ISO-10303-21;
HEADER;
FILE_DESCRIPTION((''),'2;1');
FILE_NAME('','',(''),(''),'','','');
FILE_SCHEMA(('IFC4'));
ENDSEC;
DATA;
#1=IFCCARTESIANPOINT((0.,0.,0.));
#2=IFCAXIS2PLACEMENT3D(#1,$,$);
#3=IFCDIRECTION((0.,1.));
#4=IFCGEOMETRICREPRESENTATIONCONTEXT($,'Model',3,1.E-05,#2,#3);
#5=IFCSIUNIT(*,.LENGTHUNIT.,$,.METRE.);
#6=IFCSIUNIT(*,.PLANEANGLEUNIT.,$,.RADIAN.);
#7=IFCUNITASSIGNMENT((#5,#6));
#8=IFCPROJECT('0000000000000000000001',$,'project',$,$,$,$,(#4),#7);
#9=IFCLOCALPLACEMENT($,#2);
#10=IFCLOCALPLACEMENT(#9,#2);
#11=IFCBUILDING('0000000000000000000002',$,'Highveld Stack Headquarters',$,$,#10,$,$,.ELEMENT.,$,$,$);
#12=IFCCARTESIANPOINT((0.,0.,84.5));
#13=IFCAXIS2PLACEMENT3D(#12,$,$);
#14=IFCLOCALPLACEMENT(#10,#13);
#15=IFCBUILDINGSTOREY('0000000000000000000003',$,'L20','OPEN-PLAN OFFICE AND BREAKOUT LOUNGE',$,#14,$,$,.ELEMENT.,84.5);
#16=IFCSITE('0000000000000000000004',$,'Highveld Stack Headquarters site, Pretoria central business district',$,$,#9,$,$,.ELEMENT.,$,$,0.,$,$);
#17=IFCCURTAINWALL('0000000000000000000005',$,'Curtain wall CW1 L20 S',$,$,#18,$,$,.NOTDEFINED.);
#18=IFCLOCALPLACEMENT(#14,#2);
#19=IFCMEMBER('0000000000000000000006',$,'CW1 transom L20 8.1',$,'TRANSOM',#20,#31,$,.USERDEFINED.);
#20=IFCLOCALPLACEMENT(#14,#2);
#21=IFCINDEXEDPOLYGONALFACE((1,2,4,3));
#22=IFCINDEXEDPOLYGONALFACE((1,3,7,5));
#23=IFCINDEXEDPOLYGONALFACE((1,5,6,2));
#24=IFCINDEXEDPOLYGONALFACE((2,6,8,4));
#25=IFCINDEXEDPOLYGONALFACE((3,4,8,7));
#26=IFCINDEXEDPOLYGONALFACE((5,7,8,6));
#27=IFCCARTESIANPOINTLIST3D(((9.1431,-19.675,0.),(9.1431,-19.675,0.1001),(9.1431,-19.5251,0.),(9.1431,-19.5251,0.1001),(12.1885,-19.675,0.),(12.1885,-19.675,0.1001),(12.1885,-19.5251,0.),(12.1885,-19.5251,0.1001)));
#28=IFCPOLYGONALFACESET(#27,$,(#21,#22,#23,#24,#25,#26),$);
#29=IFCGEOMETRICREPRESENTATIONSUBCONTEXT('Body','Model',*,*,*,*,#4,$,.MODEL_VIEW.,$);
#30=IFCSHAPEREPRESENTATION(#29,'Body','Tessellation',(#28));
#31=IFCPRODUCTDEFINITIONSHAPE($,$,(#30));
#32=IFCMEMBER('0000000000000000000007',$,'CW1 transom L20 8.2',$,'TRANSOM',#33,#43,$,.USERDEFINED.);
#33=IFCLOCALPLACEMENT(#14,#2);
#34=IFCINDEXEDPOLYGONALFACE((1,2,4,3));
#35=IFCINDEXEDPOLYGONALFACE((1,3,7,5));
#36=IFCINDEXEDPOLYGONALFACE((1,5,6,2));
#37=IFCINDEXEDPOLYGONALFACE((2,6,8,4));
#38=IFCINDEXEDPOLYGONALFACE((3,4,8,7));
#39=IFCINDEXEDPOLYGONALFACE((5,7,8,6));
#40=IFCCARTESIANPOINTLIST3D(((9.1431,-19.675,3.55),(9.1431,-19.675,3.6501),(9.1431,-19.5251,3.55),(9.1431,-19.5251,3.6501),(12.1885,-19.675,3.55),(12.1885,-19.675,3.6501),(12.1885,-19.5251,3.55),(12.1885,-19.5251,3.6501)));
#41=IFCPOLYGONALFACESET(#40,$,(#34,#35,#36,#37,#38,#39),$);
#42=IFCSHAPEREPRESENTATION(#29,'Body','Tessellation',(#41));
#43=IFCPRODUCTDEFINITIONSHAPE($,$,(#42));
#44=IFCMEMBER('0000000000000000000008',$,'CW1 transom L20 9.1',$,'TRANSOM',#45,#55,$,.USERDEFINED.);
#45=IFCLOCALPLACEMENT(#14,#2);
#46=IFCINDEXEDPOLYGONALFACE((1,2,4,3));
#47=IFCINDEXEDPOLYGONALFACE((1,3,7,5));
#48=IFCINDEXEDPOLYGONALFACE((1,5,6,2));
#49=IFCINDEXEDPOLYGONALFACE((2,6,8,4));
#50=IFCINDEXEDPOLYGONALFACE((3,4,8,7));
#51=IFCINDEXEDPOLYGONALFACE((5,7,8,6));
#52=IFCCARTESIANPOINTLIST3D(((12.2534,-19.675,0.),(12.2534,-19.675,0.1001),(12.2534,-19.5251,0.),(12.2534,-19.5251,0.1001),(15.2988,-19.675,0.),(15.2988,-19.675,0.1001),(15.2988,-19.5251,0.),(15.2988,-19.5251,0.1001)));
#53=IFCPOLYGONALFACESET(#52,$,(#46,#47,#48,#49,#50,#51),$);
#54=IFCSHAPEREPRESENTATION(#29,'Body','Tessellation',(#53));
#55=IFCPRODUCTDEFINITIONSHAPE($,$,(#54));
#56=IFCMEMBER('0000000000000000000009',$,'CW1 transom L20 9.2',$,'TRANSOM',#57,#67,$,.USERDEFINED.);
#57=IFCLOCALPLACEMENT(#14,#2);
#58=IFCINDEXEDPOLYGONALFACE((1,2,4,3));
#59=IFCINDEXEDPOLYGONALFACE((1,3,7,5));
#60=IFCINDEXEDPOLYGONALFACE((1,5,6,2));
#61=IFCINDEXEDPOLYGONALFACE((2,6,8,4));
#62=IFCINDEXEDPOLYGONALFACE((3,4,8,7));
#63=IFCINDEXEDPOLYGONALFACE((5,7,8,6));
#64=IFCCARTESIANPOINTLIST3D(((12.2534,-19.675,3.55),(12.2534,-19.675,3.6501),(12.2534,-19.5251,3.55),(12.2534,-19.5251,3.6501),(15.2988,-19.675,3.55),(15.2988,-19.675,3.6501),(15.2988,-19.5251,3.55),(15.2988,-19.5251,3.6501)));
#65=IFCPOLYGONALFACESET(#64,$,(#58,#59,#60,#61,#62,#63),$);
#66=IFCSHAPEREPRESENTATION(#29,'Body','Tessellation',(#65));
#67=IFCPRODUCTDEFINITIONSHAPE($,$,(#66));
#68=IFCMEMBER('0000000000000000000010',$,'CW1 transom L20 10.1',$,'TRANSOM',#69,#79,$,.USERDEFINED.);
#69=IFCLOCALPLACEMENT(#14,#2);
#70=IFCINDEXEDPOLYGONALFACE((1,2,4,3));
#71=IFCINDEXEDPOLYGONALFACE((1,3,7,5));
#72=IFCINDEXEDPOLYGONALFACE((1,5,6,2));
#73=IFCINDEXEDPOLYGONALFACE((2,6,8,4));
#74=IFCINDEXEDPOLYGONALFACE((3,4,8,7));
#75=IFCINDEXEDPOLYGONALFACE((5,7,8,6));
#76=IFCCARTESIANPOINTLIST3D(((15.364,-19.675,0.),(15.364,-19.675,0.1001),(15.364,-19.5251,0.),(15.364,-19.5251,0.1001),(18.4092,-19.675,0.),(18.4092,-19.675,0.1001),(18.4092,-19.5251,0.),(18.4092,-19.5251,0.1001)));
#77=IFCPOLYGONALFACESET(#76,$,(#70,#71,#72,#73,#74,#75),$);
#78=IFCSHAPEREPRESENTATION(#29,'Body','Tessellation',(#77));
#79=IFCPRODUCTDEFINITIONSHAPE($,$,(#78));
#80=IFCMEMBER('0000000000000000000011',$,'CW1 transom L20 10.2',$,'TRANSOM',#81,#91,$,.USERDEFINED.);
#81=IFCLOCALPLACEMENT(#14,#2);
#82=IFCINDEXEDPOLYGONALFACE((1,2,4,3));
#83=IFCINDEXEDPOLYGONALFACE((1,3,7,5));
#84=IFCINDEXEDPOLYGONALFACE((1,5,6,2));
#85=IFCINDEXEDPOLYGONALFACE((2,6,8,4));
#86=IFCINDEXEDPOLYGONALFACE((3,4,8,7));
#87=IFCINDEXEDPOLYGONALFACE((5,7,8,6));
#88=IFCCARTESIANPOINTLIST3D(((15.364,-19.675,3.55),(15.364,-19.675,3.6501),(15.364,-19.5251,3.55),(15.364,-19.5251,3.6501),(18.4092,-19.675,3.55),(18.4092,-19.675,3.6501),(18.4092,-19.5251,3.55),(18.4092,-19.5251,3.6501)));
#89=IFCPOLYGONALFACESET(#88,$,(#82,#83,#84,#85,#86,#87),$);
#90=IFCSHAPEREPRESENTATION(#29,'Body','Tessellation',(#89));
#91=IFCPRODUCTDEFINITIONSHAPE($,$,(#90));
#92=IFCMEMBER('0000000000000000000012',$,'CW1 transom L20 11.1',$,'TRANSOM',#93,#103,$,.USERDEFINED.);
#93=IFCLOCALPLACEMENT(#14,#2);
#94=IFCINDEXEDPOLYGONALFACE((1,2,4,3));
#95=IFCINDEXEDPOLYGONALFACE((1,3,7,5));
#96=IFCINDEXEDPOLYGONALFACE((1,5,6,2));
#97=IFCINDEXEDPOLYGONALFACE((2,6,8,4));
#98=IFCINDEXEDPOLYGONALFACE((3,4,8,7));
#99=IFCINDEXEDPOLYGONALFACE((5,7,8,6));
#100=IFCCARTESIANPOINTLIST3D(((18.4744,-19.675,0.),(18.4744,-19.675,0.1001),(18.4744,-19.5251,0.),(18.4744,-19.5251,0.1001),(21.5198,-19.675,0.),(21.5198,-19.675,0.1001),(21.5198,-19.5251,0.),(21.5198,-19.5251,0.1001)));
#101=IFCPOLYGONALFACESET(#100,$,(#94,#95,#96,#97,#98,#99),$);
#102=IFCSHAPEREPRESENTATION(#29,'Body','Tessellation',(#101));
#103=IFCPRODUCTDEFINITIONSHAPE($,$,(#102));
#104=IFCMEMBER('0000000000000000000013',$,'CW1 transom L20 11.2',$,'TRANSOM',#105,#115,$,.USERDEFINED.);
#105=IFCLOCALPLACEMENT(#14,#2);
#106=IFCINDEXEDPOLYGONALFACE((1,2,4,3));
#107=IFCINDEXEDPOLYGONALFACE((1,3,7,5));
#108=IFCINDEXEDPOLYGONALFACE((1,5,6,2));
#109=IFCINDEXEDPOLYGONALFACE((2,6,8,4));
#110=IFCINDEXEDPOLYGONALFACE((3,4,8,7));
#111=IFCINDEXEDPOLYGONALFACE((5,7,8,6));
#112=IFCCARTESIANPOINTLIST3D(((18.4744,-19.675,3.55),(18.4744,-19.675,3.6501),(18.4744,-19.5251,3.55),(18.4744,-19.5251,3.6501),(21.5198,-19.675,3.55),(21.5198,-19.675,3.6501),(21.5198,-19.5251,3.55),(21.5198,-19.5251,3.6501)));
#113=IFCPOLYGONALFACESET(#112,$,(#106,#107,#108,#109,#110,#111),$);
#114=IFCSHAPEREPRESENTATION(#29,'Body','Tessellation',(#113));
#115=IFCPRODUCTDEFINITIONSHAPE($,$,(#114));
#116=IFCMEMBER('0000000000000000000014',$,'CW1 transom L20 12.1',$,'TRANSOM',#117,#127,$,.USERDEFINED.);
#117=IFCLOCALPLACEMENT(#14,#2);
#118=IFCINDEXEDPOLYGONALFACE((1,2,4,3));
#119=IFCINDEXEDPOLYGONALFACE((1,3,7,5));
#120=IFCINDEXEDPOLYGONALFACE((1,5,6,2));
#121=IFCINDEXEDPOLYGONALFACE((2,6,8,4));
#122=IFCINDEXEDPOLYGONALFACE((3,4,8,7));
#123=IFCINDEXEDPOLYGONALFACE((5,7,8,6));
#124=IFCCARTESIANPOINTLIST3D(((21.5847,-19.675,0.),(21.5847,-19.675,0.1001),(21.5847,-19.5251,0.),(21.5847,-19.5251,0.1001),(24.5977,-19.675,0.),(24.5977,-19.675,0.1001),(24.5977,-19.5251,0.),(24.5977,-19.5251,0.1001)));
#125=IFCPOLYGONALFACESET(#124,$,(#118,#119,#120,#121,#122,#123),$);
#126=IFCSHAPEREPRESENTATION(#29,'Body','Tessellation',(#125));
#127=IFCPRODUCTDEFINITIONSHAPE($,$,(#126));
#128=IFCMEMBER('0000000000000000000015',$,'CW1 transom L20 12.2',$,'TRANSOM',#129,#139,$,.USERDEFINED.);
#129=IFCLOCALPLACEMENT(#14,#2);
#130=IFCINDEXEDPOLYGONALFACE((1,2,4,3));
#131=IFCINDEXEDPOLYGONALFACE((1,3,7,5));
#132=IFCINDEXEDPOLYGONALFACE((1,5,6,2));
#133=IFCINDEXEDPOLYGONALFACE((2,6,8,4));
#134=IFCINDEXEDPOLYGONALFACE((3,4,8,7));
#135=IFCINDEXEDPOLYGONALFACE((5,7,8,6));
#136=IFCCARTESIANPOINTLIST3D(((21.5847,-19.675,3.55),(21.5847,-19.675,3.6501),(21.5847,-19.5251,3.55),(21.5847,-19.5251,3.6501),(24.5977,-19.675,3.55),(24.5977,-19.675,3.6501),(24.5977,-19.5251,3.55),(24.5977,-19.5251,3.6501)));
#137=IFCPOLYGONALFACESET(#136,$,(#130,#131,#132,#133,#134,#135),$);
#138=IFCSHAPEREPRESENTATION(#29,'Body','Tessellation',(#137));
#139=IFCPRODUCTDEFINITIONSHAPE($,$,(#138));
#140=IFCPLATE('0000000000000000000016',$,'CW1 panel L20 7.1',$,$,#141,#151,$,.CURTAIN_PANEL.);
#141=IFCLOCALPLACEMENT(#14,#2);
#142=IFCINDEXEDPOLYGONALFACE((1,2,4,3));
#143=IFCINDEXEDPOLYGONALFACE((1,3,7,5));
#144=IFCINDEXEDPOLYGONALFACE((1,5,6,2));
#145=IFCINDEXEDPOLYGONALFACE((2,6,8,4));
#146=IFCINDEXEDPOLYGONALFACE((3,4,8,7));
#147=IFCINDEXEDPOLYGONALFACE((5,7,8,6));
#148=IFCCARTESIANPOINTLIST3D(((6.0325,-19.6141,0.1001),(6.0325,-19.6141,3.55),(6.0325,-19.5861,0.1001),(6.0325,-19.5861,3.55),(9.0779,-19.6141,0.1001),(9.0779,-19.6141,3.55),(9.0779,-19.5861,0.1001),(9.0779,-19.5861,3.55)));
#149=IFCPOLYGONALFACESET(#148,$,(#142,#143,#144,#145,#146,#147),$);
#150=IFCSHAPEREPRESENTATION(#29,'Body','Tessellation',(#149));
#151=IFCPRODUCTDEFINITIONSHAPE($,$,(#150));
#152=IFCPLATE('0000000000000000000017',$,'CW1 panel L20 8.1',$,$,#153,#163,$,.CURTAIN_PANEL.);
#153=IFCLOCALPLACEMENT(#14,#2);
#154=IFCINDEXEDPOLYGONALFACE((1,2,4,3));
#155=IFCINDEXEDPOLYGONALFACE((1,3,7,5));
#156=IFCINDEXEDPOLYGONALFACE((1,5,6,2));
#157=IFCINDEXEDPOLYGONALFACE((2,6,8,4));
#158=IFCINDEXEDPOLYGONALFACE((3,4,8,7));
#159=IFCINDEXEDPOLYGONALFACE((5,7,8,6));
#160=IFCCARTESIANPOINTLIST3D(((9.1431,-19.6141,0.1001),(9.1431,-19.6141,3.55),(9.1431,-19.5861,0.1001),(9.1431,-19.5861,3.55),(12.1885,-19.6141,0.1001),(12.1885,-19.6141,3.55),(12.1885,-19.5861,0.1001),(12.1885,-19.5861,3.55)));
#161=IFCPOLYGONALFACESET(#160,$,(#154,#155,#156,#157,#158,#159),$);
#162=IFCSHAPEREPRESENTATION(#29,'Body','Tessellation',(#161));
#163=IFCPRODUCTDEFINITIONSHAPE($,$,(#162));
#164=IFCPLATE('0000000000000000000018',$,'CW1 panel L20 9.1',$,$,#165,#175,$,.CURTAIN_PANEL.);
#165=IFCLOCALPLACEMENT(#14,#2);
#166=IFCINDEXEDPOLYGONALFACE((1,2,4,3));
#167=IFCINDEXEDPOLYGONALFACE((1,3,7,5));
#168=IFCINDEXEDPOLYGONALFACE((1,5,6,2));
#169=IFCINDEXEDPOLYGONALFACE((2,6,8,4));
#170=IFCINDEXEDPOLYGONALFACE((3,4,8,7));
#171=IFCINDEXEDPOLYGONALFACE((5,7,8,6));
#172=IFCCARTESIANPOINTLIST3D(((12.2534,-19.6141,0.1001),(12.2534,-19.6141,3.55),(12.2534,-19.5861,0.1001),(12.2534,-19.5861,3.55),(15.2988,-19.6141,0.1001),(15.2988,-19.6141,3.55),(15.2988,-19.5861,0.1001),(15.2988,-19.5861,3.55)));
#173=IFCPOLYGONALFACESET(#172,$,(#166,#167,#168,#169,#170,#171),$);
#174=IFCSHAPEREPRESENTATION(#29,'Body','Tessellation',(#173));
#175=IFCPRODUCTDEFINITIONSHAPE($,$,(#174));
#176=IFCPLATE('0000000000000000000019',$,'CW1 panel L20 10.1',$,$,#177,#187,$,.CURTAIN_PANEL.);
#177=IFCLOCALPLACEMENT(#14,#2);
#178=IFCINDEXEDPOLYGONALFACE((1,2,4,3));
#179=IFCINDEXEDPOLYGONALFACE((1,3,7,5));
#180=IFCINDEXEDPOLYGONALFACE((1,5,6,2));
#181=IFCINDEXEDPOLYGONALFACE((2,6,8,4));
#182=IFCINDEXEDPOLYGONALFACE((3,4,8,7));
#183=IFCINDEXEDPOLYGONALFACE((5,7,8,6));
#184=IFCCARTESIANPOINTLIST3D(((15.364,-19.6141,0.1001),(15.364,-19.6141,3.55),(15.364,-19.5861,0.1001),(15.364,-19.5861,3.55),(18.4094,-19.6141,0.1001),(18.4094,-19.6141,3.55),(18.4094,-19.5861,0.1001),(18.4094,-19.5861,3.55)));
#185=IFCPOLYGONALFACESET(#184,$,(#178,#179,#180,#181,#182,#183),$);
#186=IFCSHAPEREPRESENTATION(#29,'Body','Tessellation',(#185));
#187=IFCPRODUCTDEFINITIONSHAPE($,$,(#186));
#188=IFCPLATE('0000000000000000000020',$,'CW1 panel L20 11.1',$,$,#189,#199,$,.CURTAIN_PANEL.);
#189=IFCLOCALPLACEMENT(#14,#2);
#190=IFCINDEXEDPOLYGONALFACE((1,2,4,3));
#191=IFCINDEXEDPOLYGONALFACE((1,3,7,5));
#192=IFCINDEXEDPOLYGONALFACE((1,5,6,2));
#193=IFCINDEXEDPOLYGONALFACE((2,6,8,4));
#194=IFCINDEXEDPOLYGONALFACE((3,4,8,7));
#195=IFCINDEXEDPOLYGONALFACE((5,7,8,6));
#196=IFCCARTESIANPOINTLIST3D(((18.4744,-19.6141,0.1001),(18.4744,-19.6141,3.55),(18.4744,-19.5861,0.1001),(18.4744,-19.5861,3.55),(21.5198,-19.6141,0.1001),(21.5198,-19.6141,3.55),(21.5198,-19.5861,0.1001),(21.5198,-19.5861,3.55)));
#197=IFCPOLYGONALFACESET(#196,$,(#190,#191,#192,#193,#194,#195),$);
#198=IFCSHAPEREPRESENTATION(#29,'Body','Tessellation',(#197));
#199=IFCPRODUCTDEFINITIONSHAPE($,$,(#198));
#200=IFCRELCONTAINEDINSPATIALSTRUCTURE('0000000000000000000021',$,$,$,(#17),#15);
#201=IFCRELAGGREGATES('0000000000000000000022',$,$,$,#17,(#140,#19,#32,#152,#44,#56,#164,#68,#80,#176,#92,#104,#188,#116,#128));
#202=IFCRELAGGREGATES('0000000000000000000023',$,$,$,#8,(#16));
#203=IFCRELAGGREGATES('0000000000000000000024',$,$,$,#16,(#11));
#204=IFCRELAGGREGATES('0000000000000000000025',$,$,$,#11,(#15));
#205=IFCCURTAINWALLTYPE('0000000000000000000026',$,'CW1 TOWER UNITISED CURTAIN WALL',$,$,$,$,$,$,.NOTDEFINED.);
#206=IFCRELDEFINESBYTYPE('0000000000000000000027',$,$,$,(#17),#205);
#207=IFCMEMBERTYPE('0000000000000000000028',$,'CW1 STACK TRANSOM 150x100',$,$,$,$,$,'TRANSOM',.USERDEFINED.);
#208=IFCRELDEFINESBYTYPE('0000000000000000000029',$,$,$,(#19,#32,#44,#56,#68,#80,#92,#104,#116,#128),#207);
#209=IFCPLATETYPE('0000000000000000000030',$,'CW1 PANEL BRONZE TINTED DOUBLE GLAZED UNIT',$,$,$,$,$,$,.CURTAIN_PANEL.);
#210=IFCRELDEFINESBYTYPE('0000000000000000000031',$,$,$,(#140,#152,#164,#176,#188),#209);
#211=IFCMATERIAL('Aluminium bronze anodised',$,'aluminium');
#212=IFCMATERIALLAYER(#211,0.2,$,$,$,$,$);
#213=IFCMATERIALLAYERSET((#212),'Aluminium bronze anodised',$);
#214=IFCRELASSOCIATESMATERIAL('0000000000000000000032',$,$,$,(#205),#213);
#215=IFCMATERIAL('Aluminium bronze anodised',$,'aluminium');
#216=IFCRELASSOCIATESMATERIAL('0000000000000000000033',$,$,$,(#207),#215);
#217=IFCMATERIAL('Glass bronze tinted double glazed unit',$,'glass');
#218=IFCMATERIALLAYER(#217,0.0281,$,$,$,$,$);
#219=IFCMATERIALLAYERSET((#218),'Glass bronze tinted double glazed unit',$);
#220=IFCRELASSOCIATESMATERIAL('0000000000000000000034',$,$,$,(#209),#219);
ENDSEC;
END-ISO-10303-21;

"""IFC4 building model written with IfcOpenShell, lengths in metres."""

from ifc_helpers import new_model, si_unit, direction, frame, origin, origin_2d, place, context, subcontext, project, spatial, rectangle, extrude, material, layer, layer_set, material_profile, profile_set, type_object, element, aggregate, save


model = new_model("IFC4")

# Units and contexts
model_context = context("Model", 3, precision=1e-05, world=origin(), true_north=direction((0.0, 1.0)))
body_context = subcontext(model_context, "Body", "Model", "MODEL_VIEW")
ifc_project = project(units=[si_unit("LENGTHUNIT", "METRE"), si_unit("PLANEANGLEUNIT", "RADIAN")], contexts=[model_context])

# Site, building, storey
site_placement = place(None, origin())
site = spatial("IfcSite", under=ifc_project, at=site_placement, Name="Highveld Stack Headquarters site, Pretoria central business district", CompositionType="ELEMENT", RefElevation=0.0)
building_placement = place(site_placement, origin())
building = spatial("IfcBuilding", under=site, at=building_placement, Name="Highveld Stack Headquarters", CompositionType="ELEMENT")
storey_placement = place(building_placement, frame((0.0, 0.0, 84.5)))
storey = spatial("IfcBuildingStorey", under=building, at=storey_placement, Name="L20", Description="OPEN-PLAN OFFICE AND BREAKOUT LOUNGE", CompositionType="ELEMENT", Elevation=84.5)

# Curtain wall, members, plates
ifc_material_1 = material(Name="Aluminium bronze anodised", Category="aluminium")
ifc_layer_1 = layer(ifc_material_1, 0.2)
ifc_layer_set_1 = layer_set([ifc_layer_1], Name="Aluminium bronze anodised")
curtain_wall_type = type_object("IfcCurtainWallType", Name="CW1 TOWER UNITISED CURTAIN WALL", PredefinedType="NOTDEFINED", material=ifc_layer_set_1)
curtain_wall_placement = place(storey_placement, origin())
curtain_wall = element("IfcCurtainWall", 1, at=curtain_wall_placement, inside=storey, type_object=curtain_wall_type, Name="Curtain wall CW1 L20 S", PredefinedType="NOTDEFINED")
ifc_material_2 = material(Name="Aluminium bronze anodised", Category="aluminium")
ifc_material_profile_1 = material_profile(ifc_material_2, rectangle(XDim=0.1499, YDim=0.1001, at=origin_2d()), Name="CW1 TRANSOM 150x100")
ifc_profile_set_1 = profile_set([ifc_material_profile_1], Name="Aluminium bronze anodised")
member_type_1 = type_object("IfcMemberType", Name="CW1 STACK TRANSOM 150x100", ElementType="TRANSOM", PredefinedType="USERDEFINED", material=ifc_profile_set_1)
member_1_placement = place(storey_placement, frame((9.1431, -19.6001, 0.05), z_axis=(1.0, 0.0, 0.0), x_axis=(0.0, 1.0, 0.0)))
member_1 = element("IfcMember", 2, at=member_1_placement, type_object=member_type_1, Name="CW1 transom L20 8.1", ObjectType="TRANSOM", PredefinedType="USERDEFINED", context=body_context, shape_type="SweptSolid", body=[
    extrude(rectangle(XDim=0.1499, YDim=0.1001, at=origin_2d()), origin(), (0.0, 0.0, 1.0), 3.0454),
])
member_2_placement = place(storey_placement, frame((9.1431, -19.6001, 3.6001), z_axis=(1.0, 0.0, 0.0), x_axis=(0.0, 1.0, 0.0)))
member_2 = element("IfcMember", 3, at=member_2_placement, type_object=member_type_1, Name="CW1 transom L20 8.2", ObjectType="TRANSOM", PredefinedType="USERDEFINED", context=body_context, shape_type="SweptSolid", body=[
    extrude(rectangle(XDim=0.1499, YDim=0.1001, at=origin_2d()), origin(), (0.0, 0.0, 1.0), 3.0454),
])
member_3_placement = place(storey_placement, frame((12.2534, -19.6001, 0.05), z_axis=(1.0, 0.0, 0.0), x_axis=(0.0, 1.0, 0.0)))
member_3 = element("IfcMember", 4, at=member_3_placement, type_object=member_type_1, Name="CW1 transom L20 9.1", ObjectType="TRANSOM", PredefinedType="USERDEFINED", context=body_context, shape_type="SweptSolid", body=[
    extrude(rectangle(XDim=0.1499, YDim=0.1001, at=origin_2d()), origin(), (0.0, 0.0, 1.0), 3.0454),
])
member_4_placement = place(storey_placement, frame((12.2534, -19.6001, 3.6001), z_axis=(1.0, 0.0, 0.0), x_axis=(0.0, 1.0, 0.0)))
member_4 = element("IfcMember", 5, at=member_4_placement, type_object=member_type_1, Name="CW1 transom L20 9.2", ObjectType="TRANSOM", PredefinedType="USERDEFINED", context=body_context, shape_type="SweptSolid", body=[
    extrude(rectangle(XDim=0.1499, YDim=0.1001, at=origin_2d()), origin(), (0.0, 0.0, 1.0), 3.0454),
])
member_5_placement = place(storey_placement, frame((15.364, -19.6001, 0.05), z_axis=(1.0, 0.0, 0.0), x_axis=(0.0, 1.0, 0.0)))
member_5 = element("IfcMember", 6, at=member_5_placement, type_object=member_type_1, Name="CW1 transom L20 10.1", ObjectType="TRANSOM", PredefinedType="USERDEFINED", context=body_context, shape_type="SweptSolid", body=[
    extrude(rectangle(XDim=0.1499, YDim=0.1001, at=origin_2d()), origin(), (0.0, 0.0, 1.0), 3.0452),
])
member_6_placement = place(storey_placement, frame((15.364, -19.6001, 3.6001), z_axis=(1.0, 0.0, 0.0), x_axis=(0.0, 1.0, 0.0)))
member_6 = element("IfcMember", 7, at=member_6_placement, type_object=member_type_1, Name="CW1 transom L20 10.2", ObjectType="TRANSOM", PredefinedType="USERDEFINED", context=body_context, shape_type="SweptSolid", body=[
    extrude(rectangle(XDim=0.1499, YDim=0.1001, at=origin_2d()), origin(), (0.0, 0.0, 1.0), 3.0452),
])
member_7_placement = place(storey_placement, frame((18.4744, -19.6001, 0.05), z_axis=(1.0, 0.0, 0.0), x_axis=(0.0, 1.0, 0.0)))
member_7 = element("IfcMember", 8, at=member_7_placement, type_object=member_type_1, Name="CW1 transom L20 11.1", ObjectType="TRANSOM", PredefinedType="USERDEFINED", context=body_context, shape_type="SweptSolid", body=[
    extrude(rectangle(XDim=0.1499, YDim=0.1001, at=origin_2d()), origin(), (0.0, 0.0, 1.0), 3.0454),
])
member_8_placement = place(storey_placement, frame((18.4744, -19.6001, 3.6001), z_axis=(1.0, 0.0, 0.0), x_axis=(0.0, 1.0, 0.0)))
member_8 = element("IfcMember", 9, at=member_8_placement, type_object=member_type_1, Name="CW1 transom L20 11.2", ObjectType="TRANSOM", PredefinedType="USERDEFINED", context=body_context, shape_type="SweptSolid", body=[
    extrude(rectangle(XDim=0.1499, YDim=0.1001, at=origin_2d()), origin(), (0.0, 0.0, 1.0), 3.0454),
])
member_9_placement = place(storey_placement, frame((21.5847, -19.6001, 0.05), z_axis=(1.0, 0.0, 0.0), x_axis=(0.0, 1.0, 0.0)))
member_9 = element("IfcMember", 10, at=member_9_placement, type_object=member_type_1, Name="CW1 transom L20 12.1", ObjectType="TRANSOM", PredefinedType="USERDEFINED", context=body_context, shape_type="SweptSolid", body=[
    extrude(rectangle(XDim=0.1499, YDim=0.1001, at=origin_2d()), origin(), (0.0, 0.0, 1.0), 3.0129),
])
member_10_placement = place(storey_placement, frame((21.5847, -19.6001, 3.6001), z_axis=(1.0, 0.0, 0.0), x_axis=(0.0, 1.0, 0.0)))
member_10 = element("IfcMember", 11, at=member_10_placement, type_object=member_type_1, Name="CW1 transom L20 12.2", ObjectType="TRANSOM", PredefinedType="USERDEFINED", context=body_context, shape_type="SweptSolid", body=[
    extrude(rectangle(XDim=0.1499, YDim=0.1001, at=origin_2d()), origin(), (0.0, 0.0, 1.0), 3.0129),
])
ifc_material_3 = material(Name="Glass bronze tinted double glazed unit", Category="glass")
ifc_layer_2 = layer(ifc_material_3, 0.0281)
ifc_layer_set_2 = layer_set([ifc_layer_2], Name="Glass bronze tinted double glazed unit")
plate_type = type_object("IfcPlateType", Name="CW1 PANEL BRONZE TINTED DOUBLE GLAZED UNIT", PredefinedType="CURTAIN_PANEL", material=ifc_layer_set_2)
plate_1_placement = place(storey_placement, frame((7.5552, -19.6001, 0.1001), z_axis=(0.0, 0.0, 1.0), x_axis=(1.0, 0.0, 0.0)))
plate_1 = element("IfcPlate", 12, at=plate_1_placement, type_object=plate_type, Name="CW1 panel L20 7.1", PredefinedType="CURTAIN_PANEL", context=body_context, shape_type="SweptSolid", body=[
    extrude(rectangle(XDim=3.0454, YDim=0.0281, at=origin_2d()), origin(), (0.0, 0.0, 1.0), 3.45),
])
plate_2_placement = place(storey_placement, frame((10.6658, -19.6001, 0.1001), z_axis=(0.0, 0.0, 1.0), x_axis=(1.0, 0.0, 0.0)))
plate_2 = element("IfcPlate", 13, at=plate_2_placement, type_object=plate_type, Name="CW1 panel L20 8.1", PredefinedType="CURTAIN_PANEL", context=body_context, shape_type="SweptSolid", body=[
    extrude(rectangle(XDim=3.0454, YDim=0.0281, at=origin_2d()), origin(), (0.0, 0.0, 1.0), 3.45),
])
plate_3_placement = place(storey_placement, frame((13.7761, -19.6001, 0.1001), z_axis=(0.0, 0.0, 1.0), x_axis=(1.0, 0.0, 0.0)))
plate_3 = element("IfcPlate", 14, at=plate_3_placement, type_object=plate_type, Name="CW1 panel L20 9.1", PredefinedType="CURTAIN_PANEL", context=body_context, shape_type="SweptSolid", body=[
    extrude(rectangle(XDim=3.0454, YDim=0.0281, at=origin_2d()), origin(), (0.0, 0.0, 1.0), 3.45),
])
plate_4_placement = place(storey_placement, frame((16.8867, -19.6001, 0.1001), z_axis=(0.0, 0.0, 1.0), x_axis=(1.0, 0.0, 0.0)))
plate_4 = element("IfcPlate", 15, at=plate_4_placement, type_object=plate_type, Name="CW1 panel L20 10.1", PredefinedType="CURTAIN_PANEL", context=body_context, shape_type="SweptSolid", body=[
    extrude(rectangle(XDim=3.0454, YDim=0.0281, at=origin_2d()), origin(), (0.0, 0.0, 1.0), 3.45),
])
plate_5_placement = place(storey_placement, frame((19.9971, -19.6001, 0.1001), z_axis=(0.0, 0.0, 1.0), x_axis=(1.0, 0.0, 0.0)))
plate_5 = element("IfcPlate", 16, at=plate_5_placement, type_object=plate_type, Name="CW1 panel L20 11.1", PredefinedType="CURTAIN_PANEL", context=body_context, shape_type="SweptSolid", body=[
    extrude(rectangle(XDim=3.0454, YDim=0.0281, at=origin_2d()), origin(), (0.0, 0.0, 1.0), 3.45),
])
aggregate(curtain_wall, [plate_1, member_1, member_2, plate_2, member_3, member_4, plate_3, member_5, member_6, plate_4, member_7, member_8, plate_5, member_9, member_10])

save(model, "model.ifc")
